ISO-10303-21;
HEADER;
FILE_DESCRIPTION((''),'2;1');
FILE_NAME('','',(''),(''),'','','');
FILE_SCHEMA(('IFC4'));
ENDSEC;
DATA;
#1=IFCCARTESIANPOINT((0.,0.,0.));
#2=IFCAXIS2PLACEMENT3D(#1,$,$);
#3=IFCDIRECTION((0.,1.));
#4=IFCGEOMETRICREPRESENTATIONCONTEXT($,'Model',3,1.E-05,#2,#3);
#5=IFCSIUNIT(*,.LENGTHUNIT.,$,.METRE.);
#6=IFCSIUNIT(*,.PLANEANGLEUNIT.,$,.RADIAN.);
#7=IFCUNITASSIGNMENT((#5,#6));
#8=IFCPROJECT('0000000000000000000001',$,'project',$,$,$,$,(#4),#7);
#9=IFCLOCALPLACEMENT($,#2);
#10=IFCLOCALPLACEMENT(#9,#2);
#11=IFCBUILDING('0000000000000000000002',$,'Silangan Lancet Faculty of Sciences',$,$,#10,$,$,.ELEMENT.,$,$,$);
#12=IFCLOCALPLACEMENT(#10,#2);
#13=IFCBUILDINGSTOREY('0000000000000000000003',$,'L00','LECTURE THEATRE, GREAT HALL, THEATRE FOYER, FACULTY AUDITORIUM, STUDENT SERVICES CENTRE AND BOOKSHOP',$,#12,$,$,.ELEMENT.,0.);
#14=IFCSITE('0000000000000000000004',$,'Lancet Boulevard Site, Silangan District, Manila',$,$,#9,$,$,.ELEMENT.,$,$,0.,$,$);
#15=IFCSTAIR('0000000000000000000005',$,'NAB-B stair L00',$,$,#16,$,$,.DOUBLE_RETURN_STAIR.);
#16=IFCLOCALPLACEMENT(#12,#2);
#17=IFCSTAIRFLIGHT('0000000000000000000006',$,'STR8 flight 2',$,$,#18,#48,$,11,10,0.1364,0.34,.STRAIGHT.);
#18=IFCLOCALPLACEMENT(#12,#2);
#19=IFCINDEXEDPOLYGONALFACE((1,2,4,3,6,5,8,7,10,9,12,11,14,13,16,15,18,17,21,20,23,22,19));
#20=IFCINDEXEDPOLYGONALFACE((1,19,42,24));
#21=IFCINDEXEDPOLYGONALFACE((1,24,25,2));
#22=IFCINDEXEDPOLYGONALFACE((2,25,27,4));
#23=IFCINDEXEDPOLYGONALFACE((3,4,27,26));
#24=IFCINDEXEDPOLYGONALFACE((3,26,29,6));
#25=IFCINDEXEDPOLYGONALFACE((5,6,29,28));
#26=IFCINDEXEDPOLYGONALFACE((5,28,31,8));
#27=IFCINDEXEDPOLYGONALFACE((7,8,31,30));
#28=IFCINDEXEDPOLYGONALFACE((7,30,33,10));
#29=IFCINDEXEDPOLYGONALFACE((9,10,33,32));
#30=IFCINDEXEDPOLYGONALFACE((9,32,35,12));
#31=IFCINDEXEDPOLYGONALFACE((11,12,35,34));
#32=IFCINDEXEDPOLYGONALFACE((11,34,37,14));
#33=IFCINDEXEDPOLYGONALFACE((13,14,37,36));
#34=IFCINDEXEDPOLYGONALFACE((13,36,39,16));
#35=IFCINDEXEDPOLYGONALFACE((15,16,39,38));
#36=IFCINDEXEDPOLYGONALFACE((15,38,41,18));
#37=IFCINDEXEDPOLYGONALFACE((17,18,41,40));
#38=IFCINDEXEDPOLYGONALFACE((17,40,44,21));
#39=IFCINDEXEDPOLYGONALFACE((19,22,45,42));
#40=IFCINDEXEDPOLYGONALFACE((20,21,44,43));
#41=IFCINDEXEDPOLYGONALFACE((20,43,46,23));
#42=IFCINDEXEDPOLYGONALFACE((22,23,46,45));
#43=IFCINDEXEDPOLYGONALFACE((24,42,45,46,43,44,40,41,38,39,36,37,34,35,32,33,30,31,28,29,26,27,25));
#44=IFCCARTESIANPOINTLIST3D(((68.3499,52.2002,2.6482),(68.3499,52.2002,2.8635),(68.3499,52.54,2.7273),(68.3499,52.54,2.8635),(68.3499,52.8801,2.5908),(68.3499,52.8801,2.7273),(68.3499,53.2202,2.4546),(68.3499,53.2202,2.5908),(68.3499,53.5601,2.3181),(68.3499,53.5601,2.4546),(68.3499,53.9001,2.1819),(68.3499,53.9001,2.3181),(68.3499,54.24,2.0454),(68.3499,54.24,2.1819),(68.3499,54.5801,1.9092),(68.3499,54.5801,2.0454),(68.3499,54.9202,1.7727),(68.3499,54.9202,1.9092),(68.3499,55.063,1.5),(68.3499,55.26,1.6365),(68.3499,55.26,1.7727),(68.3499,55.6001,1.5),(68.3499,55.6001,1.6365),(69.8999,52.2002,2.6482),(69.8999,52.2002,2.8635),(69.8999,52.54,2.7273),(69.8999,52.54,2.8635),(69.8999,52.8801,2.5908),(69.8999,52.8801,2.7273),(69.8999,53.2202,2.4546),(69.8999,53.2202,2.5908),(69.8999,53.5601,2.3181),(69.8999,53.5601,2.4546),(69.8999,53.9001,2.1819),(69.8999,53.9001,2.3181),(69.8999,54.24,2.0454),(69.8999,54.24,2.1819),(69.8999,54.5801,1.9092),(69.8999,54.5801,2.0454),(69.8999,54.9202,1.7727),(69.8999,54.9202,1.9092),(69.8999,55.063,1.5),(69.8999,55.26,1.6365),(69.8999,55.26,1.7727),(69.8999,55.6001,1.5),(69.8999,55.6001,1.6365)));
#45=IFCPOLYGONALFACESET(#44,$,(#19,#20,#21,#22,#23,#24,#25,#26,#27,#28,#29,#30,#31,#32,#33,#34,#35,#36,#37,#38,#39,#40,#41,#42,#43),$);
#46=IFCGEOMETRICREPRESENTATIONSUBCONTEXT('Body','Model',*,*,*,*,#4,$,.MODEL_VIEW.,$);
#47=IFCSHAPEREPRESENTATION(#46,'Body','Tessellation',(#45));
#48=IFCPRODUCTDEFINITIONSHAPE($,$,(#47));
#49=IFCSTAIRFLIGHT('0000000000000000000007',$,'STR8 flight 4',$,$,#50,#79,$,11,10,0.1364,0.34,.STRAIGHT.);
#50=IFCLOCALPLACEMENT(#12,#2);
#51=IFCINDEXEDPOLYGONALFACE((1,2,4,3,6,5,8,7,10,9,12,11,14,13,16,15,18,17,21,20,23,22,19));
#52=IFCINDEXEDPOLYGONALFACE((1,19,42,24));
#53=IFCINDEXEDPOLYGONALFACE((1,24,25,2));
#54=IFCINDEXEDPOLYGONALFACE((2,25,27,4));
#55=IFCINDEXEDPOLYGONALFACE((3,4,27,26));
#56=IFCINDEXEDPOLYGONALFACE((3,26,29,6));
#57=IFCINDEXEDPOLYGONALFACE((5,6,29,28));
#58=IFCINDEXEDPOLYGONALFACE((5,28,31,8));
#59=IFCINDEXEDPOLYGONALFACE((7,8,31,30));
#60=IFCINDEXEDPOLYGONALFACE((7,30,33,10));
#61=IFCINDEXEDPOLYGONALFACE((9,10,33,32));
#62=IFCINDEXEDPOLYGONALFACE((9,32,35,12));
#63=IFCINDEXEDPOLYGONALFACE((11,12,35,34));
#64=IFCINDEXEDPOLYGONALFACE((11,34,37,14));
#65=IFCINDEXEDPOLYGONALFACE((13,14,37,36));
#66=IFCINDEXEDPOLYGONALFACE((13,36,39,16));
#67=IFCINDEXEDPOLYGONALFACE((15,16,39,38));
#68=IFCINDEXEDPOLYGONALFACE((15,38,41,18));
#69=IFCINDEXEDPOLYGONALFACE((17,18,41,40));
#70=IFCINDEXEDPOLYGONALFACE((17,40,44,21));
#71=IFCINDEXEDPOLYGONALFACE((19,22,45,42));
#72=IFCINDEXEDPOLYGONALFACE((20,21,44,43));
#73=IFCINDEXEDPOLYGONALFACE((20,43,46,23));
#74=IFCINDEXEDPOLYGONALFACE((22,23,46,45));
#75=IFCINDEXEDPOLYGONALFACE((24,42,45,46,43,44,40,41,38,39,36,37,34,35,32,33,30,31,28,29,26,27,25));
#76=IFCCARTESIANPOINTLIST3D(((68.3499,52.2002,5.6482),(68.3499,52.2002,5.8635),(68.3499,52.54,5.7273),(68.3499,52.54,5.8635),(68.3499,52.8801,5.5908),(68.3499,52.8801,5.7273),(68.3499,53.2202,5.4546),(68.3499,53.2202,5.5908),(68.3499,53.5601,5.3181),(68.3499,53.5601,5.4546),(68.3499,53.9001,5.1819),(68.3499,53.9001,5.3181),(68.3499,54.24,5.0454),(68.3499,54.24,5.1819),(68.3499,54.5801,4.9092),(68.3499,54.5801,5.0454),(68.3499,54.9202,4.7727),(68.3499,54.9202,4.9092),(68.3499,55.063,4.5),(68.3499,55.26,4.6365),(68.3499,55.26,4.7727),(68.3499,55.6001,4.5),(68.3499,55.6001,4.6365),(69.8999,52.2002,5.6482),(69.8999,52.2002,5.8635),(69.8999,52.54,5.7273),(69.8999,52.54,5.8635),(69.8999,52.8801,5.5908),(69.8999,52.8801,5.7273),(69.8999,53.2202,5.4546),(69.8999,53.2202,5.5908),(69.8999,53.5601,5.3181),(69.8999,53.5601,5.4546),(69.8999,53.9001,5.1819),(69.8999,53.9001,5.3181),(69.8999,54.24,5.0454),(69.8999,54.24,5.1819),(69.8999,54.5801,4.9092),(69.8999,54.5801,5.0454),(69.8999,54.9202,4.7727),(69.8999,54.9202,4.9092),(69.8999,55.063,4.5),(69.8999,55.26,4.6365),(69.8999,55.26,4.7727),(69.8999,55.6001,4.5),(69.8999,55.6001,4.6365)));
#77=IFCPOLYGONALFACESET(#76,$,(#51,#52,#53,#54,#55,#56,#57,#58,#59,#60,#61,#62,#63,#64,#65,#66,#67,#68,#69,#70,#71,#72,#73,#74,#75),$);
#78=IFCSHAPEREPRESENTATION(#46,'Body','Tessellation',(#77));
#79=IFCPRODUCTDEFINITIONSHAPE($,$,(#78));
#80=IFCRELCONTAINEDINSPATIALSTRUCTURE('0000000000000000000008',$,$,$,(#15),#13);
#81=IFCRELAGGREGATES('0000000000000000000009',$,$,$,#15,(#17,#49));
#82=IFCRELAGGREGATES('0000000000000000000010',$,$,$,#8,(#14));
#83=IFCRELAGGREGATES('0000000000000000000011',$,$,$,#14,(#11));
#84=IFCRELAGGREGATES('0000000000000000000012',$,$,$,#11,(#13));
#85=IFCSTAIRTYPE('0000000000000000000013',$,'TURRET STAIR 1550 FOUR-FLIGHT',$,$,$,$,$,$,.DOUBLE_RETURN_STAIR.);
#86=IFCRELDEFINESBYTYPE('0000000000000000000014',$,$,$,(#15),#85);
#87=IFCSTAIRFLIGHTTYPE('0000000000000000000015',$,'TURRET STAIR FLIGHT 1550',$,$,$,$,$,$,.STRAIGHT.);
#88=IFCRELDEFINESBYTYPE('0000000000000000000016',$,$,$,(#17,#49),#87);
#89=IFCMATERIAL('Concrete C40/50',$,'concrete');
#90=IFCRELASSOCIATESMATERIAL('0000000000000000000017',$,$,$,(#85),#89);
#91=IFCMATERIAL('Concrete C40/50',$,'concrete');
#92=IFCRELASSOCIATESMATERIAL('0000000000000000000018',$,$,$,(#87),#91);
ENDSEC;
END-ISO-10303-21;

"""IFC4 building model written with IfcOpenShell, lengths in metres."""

from ifc_helpers import new_model, si_unit, direction, frame, origin, place, context, subcontext, project, spatial, polyline, outline, extrude, material, type_object, element, aggregate, save


model = new_model("IFC4")

# Units and contexts
model_context = context("Model", 3, precision=1e-05, world=origin(), true_north=direction((0.0, 1.0)))
body_context = subcontext(model_context, "Body", "Model", "MODEL_VIEW")
ifc_project = project(units=[si_unit("LENGTHUNIT", "METRE"), si_unit("PLANEANGLEUNIT", "RADIAN")], contexts=[model_context])

# Site, building, storey
site_placement = place(None, origin())
site = spatial("IfcSite", under=ifc_project, at=site_placement, Name="Lancet Boulevard Site, Silangan District, Manila", CompositionType="ELEMENT", RefElevation=0.0)
building_placement = place(site_placement, origin())
building = spatial("IfcBuilding", under=site, at=building_placement, Name="Silangan Lancet Faculty of Sciences", CompositionType="ELEMENT")
storey_placement = place(building_placement, origin())
storey = spatial("IfcBuildingStorey", under=building, at=storey_placement, Name="L00", Description="LECTURE THEATRE, GREAT HALL, THEATRE FOYER, FACULTY AUDITORIUM, STUDENT SERVICES CENTRE AND BOOKSHOP", CompositionType="ELEMENT", Elevation=0.0)

# Stair, stair flights
ifc_material_1 = material(Name="Concrete C40/50", Category="concrete")
stair_type = type_object("IfcStairType", Name="TURRET STAIR 1550 FOUR-FLIGHT", PredefinedType="DOUBLE_RETURN_STAIR", material=ifc_material_1)
stair_placement = place(storey_placement, origin())
stair = element("IfcStair", 1, at=stair_placement, inside=storey, type_object=stair_type, Name="NAB-B stair L00", PredefinedType="DOUBLE_RETURN_STAIR")
ifc_material_2 = material(Name="Concrete C40/50", Category="concrete")
stair_flight_type = type_object("IfcStairFlightType", Name="TURRET STAIR FLIGHT 1550", PredefinedType="STRAIGHT", material=ifc_material_2)
stair_flight_1_placement = place(storey_placement, frame((69.125, 55.6001, 1.5), z_axis=(0.0, 0.0, 1.0), x_axis=(0.0, -1.0, 0.0)))
stair_flight_1 = element("IfcStairFlight", 2, at=stair_flight_1_placement, type_object=stair_flight_type, Name="STR8 flight 2", NumberOfRisers=11, NumberOfTreads=10, PredefinedType="STRAIGHT", RiserHeight=0.1364, TreadLength=0.34, context=body_context, shape_type="SweptSolid", body=[
    extrude(outline(polyline([(0.0, 0.0), (0.0, 0.1365), (0.3401, 0.1365), (0.3401, 0.2727), (0.6799, 0.2727), (0.6799, 0.4092), (1.02, 0.4092), (1.02, 0.5454), (1.3601, 0.5454), (1.3601, 0.6819), (1.7, 0.6819), (1.7, 0.8181), (2.04, 0.8181), (2.04, 0.9546), (2.3799, 0.9546), (2.3799, 1.0908), (2.72, 1.0908), (2.72, 1.2273), (3.0601, 1.2273), (3.0601, 1.3635), (3.3999, 1.3635), (3.3999, 1.5), (3.3999, 1.1482), (0.5371, 0.0), (0.0, 0.0)])), frame((0.0, 0.7749, 0.0), z_axis=(0.0, -1.0, 0.0), x_axis=(1.0, 0.0, 0.0)), (0.0, 0.0, 1.0), 1.55),
])
stair_flight_2_placement = place(storey_placement, frame((69.125, 55.6001, 4.5), z_axis=(0.0, 0.0, 1.0), x_axis=(0.0, -1.0, 0.0)))
stair_flight_2 = element("IfcStairFlight", 3, at=stair_flight_2_placement, type_object=stair_flight_type, Name="STR8 flight 4", NumberOfRisers=11, NumberOfTreads=10, PredefinedType="STRAIGHT", RiserHeight=0.1364, TreadLength=0.34, context=body_context, shape_type="SweptSolid", body=[
    extrude(outline(polyline([(0.0, 0.0), (0.0, 0.1365), (0.3401, 0.1365), (0.3401, 0.2727), (0.6799, 0.2727), (0.6799, 0.4092), (1.02, 0.4092), (1.02, 0.5454), (1.3601, 0.5454), (1.3601, 0.6819), (1.7, 0.6819), (1.7, 0.8181), (2.04, 0.8181), (2.04, 0.9546), (2.3799, 0.9546), (2.3799, 1.0908), (2.72, 1.0908), (2.72, 1.2273), (3.0601, 1.2273), (3.0601, 1.3635), (3.3999, 1.3635), (3.3999, 1.5), (3.3999, 1.1482), (0.5371, 0.0), (0.0, 0.0)])), frame((0.0, 0.7749, 0.0), z_axis=(0.0, -1.0, 0.0), x_axis=(1.0, 0.0, 0.0)), (0.0, 0.0, 1.0), 1.55),
])
aggregate(stair, [stair_flight_1, stair_flight_2])

save(model, "model.ifc")
